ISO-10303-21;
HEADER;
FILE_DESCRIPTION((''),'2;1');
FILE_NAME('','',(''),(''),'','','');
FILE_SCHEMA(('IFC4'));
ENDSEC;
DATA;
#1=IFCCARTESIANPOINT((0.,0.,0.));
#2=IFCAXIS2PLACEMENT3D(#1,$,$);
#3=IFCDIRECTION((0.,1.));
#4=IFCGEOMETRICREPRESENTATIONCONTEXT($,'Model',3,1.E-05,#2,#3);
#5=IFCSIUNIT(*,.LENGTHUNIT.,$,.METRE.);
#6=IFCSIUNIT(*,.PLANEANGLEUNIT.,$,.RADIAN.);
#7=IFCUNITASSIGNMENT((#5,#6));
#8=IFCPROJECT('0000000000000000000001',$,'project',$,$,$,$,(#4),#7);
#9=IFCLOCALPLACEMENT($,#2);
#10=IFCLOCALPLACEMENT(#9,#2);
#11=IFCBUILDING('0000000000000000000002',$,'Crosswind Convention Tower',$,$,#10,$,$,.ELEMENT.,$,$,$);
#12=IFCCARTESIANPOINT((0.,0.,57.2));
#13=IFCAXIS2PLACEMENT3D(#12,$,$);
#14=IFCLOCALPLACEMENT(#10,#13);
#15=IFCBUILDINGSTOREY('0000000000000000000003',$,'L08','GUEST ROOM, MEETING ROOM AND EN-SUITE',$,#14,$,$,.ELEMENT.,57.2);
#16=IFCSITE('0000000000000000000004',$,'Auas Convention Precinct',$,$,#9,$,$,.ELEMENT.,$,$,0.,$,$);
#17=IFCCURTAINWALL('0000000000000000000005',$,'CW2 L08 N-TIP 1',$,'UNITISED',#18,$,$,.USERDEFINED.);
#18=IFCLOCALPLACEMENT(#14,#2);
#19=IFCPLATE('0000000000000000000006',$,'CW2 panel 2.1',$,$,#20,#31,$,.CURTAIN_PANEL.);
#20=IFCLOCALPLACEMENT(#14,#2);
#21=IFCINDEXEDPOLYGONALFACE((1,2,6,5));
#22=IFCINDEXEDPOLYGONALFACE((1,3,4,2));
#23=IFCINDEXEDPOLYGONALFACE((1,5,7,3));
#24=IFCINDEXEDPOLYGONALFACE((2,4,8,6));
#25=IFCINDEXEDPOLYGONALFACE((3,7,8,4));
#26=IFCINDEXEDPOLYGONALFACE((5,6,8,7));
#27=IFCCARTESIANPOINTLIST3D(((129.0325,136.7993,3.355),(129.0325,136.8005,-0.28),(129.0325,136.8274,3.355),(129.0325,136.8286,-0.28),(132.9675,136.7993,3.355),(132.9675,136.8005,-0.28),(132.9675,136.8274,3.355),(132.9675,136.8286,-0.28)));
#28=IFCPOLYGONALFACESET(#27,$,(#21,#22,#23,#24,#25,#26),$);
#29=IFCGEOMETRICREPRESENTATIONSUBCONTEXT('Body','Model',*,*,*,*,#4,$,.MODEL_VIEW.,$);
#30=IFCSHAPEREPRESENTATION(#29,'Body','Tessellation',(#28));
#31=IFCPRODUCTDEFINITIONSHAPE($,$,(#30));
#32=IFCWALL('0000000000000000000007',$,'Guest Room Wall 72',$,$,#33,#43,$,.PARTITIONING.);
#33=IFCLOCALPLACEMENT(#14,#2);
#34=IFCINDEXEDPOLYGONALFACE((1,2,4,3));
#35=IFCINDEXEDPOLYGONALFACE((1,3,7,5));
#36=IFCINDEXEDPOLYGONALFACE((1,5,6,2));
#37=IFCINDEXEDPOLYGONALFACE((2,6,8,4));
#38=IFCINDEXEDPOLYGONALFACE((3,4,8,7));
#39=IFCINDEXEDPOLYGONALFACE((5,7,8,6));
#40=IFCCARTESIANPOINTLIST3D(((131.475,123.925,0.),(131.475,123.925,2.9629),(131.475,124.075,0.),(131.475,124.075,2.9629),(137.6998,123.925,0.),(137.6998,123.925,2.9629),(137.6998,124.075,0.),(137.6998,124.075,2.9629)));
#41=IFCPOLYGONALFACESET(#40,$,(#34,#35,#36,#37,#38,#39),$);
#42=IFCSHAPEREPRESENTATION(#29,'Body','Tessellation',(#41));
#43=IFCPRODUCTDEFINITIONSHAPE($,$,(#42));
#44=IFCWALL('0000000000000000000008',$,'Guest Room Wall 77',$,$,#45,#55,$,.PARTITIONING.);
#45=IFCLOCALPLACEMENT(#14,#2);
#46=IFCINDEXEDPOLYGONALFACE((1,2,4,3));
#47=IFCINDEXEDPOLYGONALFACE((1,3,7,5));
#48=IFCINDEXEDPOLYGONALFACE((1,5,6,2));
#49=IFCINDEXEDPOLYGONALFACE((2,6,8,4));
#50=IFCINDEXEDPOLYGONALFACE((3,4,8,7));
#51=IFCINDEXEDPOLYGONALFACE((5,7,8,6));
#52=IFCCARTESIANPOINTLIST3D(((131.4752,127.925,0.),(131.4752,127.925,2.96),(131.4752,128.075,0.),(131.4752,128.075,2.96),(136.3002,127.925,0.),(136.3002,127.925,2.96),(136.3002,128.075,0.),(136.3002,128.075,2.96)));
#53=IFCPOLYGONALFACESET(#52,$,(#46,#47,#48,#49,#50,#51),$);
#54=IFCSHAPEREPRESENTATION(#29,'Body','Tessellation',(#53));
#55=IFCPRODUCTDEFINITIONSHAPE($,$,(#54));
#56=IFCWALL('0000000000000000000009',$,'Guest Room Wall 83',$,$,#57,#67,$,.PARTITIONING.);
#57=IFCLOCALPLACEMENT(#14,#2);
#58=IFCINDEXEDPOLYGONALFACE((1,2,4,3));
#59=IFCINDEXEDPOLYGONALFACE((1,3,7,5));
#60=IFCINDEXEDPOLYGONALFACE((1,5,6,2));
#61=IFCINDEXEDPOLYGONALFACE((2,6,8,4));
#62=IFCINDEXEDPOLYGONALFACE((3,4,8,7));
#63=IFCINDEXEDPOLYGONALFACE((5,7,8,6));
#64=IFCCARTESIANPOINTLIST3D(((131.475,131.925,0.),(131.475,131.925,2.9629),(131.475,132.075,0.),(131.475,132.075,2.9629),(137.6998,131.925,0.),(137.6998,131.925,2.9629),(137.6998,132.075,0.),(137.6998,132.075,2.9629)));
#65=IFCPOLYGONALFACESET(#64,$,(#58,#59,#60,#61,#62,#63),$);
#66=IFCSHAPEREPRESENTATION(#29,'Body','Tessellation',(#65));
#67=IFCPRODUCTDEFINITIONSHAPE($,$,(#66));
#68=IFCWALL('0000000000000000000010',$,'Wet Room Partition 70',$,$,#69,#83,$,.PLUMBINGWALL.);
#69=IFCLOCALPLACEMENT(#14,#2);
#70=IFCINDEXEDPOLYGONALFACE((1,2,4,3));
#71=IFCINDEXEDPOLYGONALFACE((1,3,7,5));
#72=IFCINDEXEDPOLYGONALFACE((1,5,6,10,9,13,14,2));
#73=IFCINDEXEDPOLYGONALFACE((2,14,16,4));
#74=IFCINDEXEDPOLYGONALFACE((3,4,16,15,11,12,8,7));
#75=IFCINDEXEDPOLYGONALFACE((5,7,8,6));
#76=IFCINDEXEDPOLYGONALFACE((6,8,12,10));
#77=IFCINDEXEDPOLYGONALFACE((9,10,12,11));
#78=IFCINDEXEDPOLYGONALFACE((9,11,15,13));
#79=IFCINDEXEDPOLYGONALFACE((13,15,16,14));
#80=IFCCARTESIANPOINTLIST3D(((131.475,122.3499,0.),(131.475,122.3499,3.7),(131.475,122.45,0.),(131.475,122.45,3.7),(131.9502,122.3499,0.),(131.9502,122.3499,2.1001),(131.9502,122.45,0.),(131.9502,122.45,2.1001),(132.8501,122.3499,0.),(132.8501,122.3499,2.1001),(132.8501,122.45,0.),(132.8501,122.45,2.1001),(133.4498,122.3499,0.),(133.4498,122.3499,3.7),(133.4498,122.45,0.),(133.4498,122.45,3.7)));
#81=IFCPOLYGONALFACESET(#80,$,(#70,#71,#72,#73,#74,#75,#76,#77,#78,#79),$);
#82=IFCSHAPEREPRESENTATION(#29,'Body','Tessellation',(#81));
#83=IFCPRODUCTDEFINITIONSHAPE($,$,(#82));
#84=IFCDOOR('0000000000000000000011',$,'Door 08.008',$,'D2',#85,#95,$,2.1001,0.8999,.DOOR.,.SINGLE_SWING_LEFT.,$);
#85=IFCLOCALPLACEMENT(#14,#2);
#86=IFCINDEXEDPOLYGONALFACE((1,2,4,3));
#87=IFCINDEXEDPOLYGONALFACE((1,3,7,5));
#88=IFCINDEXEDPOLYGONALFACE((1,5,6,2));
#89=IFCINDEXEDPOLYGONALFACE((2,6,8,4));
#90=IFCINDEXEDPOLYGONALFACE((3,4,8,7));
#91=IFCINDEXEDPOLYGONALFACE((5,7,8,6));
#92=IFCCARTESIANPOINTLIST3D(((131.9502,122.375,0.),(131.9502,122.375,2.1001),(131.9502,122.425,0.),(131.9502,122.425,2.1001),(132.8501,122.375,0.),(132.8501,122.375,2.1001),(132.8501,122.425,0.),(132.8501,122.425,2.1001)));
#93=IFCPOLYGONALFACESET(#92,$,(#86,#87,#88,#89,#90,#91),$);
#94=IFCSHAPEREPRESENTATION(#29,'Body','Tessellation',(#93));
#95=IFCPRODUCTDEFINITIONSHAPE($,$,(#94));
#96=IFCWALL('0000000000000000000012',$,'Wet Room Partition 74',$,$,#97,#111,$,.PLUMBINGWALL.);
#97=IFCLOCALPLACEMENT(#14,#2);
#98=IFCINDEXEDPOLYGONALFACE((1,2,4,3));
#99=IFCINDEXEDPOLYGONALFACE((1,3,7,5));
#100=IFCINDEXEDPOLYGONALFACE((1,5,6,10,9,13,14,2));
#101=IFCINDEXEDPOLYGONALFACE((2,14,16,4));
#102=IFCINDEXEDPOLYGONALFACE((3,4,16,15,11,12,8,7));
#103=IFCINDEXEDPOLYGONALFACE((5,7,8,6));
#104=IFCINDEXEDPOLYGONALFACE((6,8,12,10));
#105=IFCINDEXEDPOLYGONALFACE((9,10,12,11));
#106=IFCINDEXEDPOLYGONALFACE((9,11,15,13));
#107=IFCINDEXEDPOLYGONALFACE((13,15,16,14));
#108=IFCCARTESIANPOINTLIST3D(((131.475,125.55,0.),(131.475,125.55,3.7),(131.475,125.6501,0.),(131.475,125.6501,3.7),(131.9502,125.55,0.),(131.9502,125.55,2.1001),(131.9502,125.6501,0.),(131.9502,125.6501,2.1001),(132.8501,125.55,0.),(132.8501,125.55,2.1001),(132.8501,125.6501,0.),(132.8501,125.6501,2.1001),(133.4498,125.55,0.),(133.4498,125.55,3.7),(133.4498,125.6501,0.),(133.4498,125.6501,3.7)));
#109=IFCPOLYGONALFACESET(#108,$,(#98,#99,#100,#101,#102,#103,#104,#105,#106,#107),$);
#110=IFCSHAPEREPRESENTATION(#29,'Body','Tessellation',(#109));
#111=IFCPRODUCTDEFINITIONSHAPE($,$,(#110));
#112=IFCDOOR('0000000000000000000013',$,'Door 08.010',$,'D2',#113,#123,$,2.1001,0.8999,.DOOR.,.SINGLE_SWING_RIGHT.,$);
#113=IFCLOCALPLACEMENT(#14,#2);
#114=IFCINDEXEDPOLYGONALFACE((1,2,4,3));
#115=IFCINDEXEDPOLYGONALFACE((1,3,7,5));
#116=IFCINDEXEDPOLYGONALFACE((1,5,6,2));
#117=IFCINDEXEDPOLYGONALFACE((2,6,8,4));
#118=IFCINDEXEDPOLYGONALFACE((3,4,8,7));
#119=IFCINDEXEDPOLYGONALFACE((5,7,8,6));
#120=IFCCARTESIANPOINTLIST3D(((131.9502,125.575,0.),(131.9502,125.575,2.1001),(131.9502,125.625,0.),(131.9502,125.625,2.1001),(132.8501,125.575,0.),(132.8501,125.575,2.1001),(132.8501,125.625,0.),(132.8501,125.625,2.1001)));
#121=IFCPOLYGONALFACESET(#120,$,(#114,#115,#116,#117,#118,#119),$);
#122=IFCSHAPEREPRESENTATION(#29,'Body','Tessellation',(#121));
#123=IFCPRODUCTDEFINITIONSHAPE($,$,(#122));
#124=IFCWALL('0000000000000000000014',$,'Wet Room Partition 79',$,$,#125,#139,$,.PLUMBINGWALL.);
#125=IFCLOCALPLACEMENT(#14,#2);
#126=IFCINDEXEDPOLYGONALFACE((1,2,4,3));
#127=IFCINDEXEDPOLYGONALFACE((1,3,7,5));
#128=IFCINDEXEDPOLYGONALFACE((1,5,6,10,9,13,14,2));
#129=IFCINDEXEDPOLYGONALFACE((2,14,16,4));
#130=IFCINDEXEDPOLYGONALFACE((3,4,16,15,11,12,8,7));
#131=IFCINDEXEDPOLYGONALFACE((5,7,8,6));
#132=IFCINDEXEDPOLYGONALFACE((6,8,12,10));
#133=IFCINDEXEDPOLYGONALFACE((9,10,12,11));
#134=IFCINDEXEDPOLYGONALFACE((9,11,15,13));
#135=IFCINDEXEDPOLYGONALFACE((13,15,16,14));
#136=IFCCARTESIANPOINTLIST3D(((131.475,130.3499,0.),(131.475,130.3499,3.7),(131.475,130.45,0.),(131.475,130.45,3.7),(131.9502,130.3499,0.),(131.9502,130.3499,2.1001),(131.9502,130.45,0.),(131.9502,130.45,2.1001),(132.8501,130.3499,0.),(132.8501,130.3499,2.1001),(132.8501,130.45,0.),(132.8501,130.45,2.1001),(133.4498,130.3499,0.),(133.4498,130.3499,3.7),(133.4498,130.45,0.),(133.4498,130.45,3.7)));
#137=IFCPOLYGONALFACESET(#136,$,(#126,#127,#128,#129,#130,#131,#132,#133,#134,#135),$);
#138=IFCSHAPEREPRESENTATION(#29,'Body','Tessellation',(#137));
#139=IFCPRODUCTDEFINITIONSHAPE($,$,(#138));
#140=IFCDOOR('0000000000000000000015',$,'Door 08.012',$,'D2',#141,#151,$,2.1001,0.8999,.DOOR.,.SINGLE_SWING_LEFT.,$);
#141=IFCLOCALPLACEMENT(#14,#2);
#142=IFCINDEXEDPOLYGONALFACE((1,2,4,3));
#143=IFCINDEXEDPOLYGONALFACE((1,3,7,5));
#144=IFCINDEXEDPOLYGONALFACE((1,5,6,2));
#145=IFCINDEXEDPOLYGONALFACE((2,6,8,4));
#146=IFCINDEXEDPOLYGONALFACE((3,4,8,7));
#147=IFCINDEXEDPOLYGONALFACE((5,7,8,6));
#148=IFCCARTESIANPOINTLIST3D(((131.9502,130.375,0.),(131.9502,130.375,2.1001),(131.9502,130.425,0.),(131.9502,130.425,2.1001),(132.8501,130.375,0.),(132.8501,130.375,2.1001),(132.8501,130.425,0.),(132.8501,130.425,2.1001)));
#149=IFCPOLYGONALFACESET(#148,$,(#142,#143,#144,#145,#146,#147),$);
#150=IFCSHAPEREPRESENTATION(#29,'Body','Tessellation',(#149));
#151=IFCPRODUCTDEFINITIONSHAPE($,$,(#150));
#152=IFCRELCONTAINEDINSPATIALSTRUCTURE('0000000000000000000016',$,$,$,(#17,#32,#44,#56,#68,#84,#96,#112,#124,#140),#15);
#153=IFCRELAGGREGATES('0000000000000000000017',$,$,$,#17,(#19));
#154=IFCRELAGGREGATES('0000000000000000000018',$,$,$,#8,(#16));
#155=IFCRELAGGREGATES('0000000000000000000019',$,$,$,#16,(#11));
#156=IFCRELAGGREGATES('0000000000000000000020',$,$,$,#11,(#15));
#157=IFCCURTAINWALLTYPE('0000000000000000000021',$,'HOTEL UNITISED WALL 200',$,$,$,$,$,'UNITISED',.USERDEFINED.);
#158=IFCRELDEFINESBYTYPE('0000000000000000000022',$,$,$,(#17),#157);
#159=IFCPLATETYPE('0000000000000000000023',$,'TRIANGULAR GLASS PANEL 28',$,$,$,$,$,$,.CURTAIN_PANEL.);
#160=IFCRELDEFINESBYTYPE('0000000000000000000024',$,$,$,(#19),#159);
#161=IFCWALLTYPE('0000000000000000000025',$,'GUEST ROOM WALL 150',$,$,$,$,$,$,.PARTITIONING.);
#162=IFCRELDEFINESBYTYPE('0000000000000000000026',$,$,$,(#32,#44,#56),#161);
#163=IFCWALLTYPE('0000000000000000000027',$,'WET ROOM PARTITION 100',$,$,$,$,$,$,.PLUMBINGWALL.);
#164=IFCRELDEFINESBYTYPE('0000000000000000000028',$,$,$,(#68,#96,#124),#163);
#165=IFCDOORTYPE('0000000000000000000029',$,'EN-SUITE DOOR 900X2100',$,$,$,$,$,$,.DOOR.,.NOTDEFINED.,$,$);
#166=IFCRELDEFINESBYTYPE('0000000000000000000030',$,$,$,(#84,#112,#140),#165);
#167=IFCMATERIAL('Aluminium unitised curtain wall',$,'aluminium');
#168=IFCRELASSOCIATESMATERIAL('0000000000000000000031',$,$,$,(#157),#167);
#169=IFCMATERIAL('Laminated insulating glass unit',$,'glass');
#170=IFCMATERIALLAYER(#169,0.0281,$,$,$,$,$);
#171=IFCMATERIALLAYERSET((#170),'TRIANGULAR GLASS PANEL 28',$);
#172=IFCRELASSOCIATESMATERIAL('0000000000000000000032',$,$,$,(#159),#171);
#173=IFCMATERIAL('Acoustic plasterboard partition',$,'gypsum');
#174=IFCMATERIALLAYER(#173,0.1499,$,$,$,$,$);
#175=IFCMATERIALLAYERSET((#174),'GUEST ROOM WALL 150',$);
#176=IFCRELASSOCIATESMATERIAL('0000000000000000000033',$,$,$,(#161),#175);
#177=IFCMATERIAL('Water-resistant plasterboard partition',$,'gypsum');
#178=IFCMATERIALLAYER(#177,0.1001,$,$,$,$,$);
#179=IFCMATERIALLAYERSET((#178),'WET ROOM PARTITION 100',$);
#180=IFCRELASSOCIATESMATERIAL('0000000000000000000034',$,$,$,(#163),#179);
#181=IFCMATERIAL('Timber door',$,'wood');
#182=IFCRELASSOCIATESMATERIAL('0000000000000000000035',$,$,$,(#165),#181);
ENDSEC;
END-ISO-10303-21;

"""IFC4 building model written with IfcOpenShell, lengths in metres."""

from ifc_helpers import new_model, si_unit, direction, frame, frame_2d, origin, place, context, subcontext, project, spatial, polyline, rectangle, outline, extrude, material, layer, layer_set, type_object, element, fill, aggregate, save


model = new_model("IFC4")

# Units and contexts
model_context = context("Model", 3, precision=1e-05, world=origin(), true_north=direction((0.0, 1.0)))
body_context = subcontext(model_context, "Body", "Model", "MODEL_VIEW")
ifc_project = project(units=[si_unit("LENGTHUNIT", "METRE"), si_unit("PLANEANGLEUNIT", "RADIAN")], contexts=[model_context])

# Site, building, storey
site_placement = place(None, origin())
site = spatial("IfcSite", under=ifc_project, at=site_placement, Name="Auas Convention Precinct", CompositionType="ELEMENT", RefElevation=0.0)
building_placement = place(site_placement, origin())
building = spatial("IfcBuilding", under=site, at=building_placement, Name="Crosswind Convention Tower", CompositionType="ELEMENT")
storey_placement = place(building_placement, frame((0.0, 0.0, 57.2)))
storey = spatial("IfcBuildingStorey", under=building, at=storey_placement, Name="L08", Description="GUEST ROOM, MEETING ROOM AND EN-SUITE", CompositionType="ELEMENT", Elevation=57.2)

# Curtain wall, plate
ifc_material_1 = material(Name="Aluminium unitised curtain wall", Category="aluminium")
curtain_wall_type = type_object("IfcCurtainWallType", Name="HOTEL UNITISED WALL 200", ElementType="UNITISED", PredefinedType="USERDEFINED", material=ifc_material_1)
curtain_wall_placement = place(storey_placement, origin())
curtain_wall = element("IfcCurtainWall", 1, at=curtain_wall_placement, inside=storey, type_object=curtain_wall_type, Name="CW2 L08 N-TIP 1", ObjectType="UNITISED", PredefinedType="USERDEFINED")
ifc_material_2 = material(Name="Laminated insulating glass unit", Category="glass")
ifc_layer_1 = layer(ifc_material_2, 0.0281)
ifc_layer_set_1 = layer_set([ifc_layer_1], Name="TRIANGULAR GLASS PANEL 28")
plate_type = type_object("IfcPlateType", Name="TRIANGULAR GLASS PANEL 28", PredefinedType="CURTAIN_PANEL", material=ifc_layer_set_1)
plate_1_placement = place(storey_placement, frame((132.9675, 136.8286, -0.28), z_axis=(0.0, 1.0, 0.000336), x_axis=(-1.0, 0.0, 0.0)))
plate_1 = element("IfcPlate", 2, at=plate_1_placement, type_object=plate_type, Name="CW2 panel 2.1", PredefinedType="CURTAIN_PANEL", context=body_context, shape_type="SweptSolid", body=[
    extrude(outline(polyline([(0.0, 0.0), (3.9351, 0.0), (3.9351, 3.635), (0.0, 3.635), (0.0, 0.0)])), origin(), (0.0, 0.0, -1.0), 0.0281),
])
aggregate(curtain_wall, [plate_1])

# Walls
ifc_material_3 = material(Name="Acoustic plasterboard partition", Category="gypsum")
ifc_layer_2 = layer(ifc_material_3, 0.1499)
ifc_layer_set_2 = layer_set([ifc_layer_2], Name="GUEST ROOM WALL 150")
wall_type_1 = type_object("IfcWallType", Name="GUEST ROOM WALL 150", PredefinedType="PARTITIONING", material=ifc_layer_set_2)
wall_1_placement = place(storey_placement, frame((131.4751, 124.0, 0.0), z_axis=(0.0, 0.0, 1.0), x_axis=(1.0, 0.0, 0.0)))
element("IfcWall", 3, at=wall_1_placement, inside=storey, type_object=wall_type_1, Name="Guest Room Wall 72", PredefinedType="PARTITIONING", context=body_context, shape_type="SweptSolid", body=[
    extrude(rectangle(XDim=6.2249, YDim=0.1499, at=frame_2d((3.1123, 0.0))), origin(), (0.0, 0.0, 1.0), 2.9629),
])
wall_2_placement = place(storey_placement, frame((131.4751, 128.0, 0.0), z_axis=(0.0, 0.0, 1.0), x_axis=(1.0, 0.0, 0.0)))
element("IfcWall", 4, at=wall_2_placement, inside=storey, type_object=wall_type_1, Name="Guest Room Wall 77", PredefinedType="PARTITIONING", context=body_context, shape_type="SweptSolid", body=[
    extrude(rectangle(XDim=4.825, YDim=0.1499, at=frame_2d((2.4126, 0.0))), origin(), (0.0, 0.0, 1.0), 2.96),
])
wall_3_placement = place(storey_placement, frame((131.4751, 132.0, 0.0), z_axis=(0.0, 0.0, 1.0), x_axis=(1.0, 0.0, 0.0)))
element("IfcWall", 5, at=wall_3_placement, inside=storey, type_object=wall_type_1, Name="Guest Room Wall 83", PredefinedType="PARTITIONING", context=body_context, shape_type="SweptSolid", body=[
    extrude(rectangle(XDim=6.2249, YDim=0.1499, at=frame_2d((3.1123, 0.0))), origin(), (0.0, 0.0, 1.0), 2.9629),
])

# Walls, openings, doors
ifc_material_4 = material(Name="Water-resistant plasterboard partition", Category="gypsum")
ifc_layer_3 = layer(ifc_material_4, 0.1001)
ifc_layer_set_3 = layer_set([ifc_layer_3], Name="WET ROOM PARTITION 100")
wall_type_2 = type_object("IfcWallType", Name="WET ROOM PARTITION 100", PredefinedType="PLUMBINGWALL", material=ifc_layer_set_3)
wall_4_placement = place(storey_placement, frame((131.4751, 122.3999, 0.0), z_axis=(0.0, 0.0, 1.0), x_axis=(1.0, 0.0, 0.0)))
wall_4 = element("IfcWall", 6, at=wall_4_placement, inside=storey, type_object=wall_type_2, Name="Wet Room Partition 70", PredefinedType="PLUMBINGWALL", context=body_context, shape_type="SweptSolid", body=[
    extrude(rectangle(XDim=1.9749, YDim=0.1001, at=frame_2d((0.9873, 0.0))), origin(), (0.0, 0.0, 1.0), 3.7),
])
opening_1_placement = place(wall_4_placement, frame((0.4751, 0.0, 0.0)))
opening_1 = element("IfcOpeningElement", 7, at=opening_1_placement, cuts=wall_4, PredefinedType="OPENING", context=body_context, shape_type="SweptSolid", body=[
    extrude(rectangle(XDim=0.8999, YDim=2.1001, at=frame_2d((0.45, 1.05))), frame((0.0, 0.0601, 0.0), z_axis=(0.0, -1.0, 0.0), x_axis=(1.0, 0.0, 0.0)), (0.0, 0.0, 1.0), 0.1201),
])
ifc_material_5 = material(Name="Timber door", Category="wood")
door_type = type_object("IfcDoorType", Name="EN-SUITE DOOR 900X2100", OperationType="NOTDEFINED", PredefinedType="DOOR", material=ifc_material_5)
door_1_placement = place(opening_1_placement, frame((0.8999, 0.0, 0.0), z_axis=(0.0, 0.0, 1.0), x_axis=(-1.0, 0.0, 0.0)))
door_1 = element("IfcDoor", 8, at=door_1_placement, inside=storey, type_object=door_type, Name="Door 08.008", ObjectType="D2", OperationType="SINGLE_SWING_LEFT", OverallHeight=2.1001, OverallWidth=0.8999, PredefinedType="DOOR", context=body_context, shape_type="SweptSolid", body=[
    extrude(rectangle(XDim=0.8999, YDim=2.1001, at=frame_2d((0.45, 1.05))), frame((0.0, 0.0249, 0.0), z_axis=(0.0, -1.0, 0.0), x_axis=(1.0, 0.0, 0.0)), (0.0, 0.0, 1.0), 0.05),
])
fill(opening_1, door_1)
wall_5_placement = place(storey_placement, frame((131.4751, 125.6001, 0.0), z_axis=(0.0, 0.0, 1.0), x_axis=(1.0, 0.0, 0.0)))
wall_5 = element("IfcWall", 9, at=wall_5_placement, inside=storey, type_object=wall_type_2, Name="Wet Room Partition 74", PredefinedType="PLUMBINGWALL", context=body_context, shape_type="SweptSolid", body=[
    extrude(rectangle(XDim=1.9749, YDim=0.1001, at=frame_2d((0.9873, 0.0))), origin(), (0.0, 0.0, 1.0), 3.7),
])
opening_2_placement = place(wall_5_placement, frame((0.4751, 0.0, 0.0)))
opening_2 = element("IfcOpeningElement", 10, at=opening_2_placement, cuts=wall_5, PredefinedType="OPENING", context=body_context, shape_type="SweptSolid", body=[
    extrude(rectangle(XDim=0.8999, YDim=2.1001, at=frame_2d((0.45, 1.05))), frame((0.0, 0.0601, 0.0), z_axis=(0.0, -1.0, 0.0), x_axis=(1.0, 0.0, 0.0)), (0.0, 0.0, 1.0), 0.1201),
])
door_2_placement = place(opening_2_placement, origin())
door_2 = element("IfcDoor", 11, at=door_2_placement, inside=storey, type_object=door_type, Name="Door 08.010", ObjectType="D2", OperationType="SINGLE_SWING_RIGHT", OverallHeight=2.1001, OverallWidth=0.8999, PredefinedType="DOOR", context=body_context, shape_type="SweptSolid", body=[
    extrude(rectangle(XDim=0.8999, YDim=2.1001, at=frame_2d((0.45, 1.05))), frame((0.0, 0.0249, 0.0), z_axis=(0.0, -1.0, 0.0), x_axis=(1.0, 0.0, 0.0)), (0.0, 0.0, 1.0), 0.05),
])
fill(opening_2, door_2)
wall_6_placement = place(storey_placement, frame((131.4751, 130.3999, 0.0), z_axis=(0.0, 0.0, 1.0), x_axis=(1.0, 0.0, 0.0)))
wall_6 = element("IfcWall", 12, at=wall_6_placement, inside=storey, type_object=wall_type_2, Name="Wet Room Partition 79", PredefinedType="PLUMBINGWALL", context=body_context, shape_type="SweptSolid", body=[
    extrude(rectangle(XDim=1.9749, YDim=0.1001, at=frame_2d((0.9873, 0.0))), origin(), (0.0, 0.0, 1.0), 3.7),
])
opening_3_placement = place(wall_6_placement, frame((0.4751, 0.0, 0.0)))
opening_3 = element("IfcOpeningElement", 13, at=opening_3_placement, cuts=wall_6, PredefinedType="OPENING", context=body_context, shape_type="SweptSolid", body=[
    extrude(rectangle(XDim=0.8999, YDim=2.1001, at=frame_2d((0.45, 1.05))), frame((0.0, 0.0601, 0.0), z_axis=(0.0, -1.0, 0.0), x_axis=(1.0, 0.0, 0.0)), (0.0, 0.0, 1.0), 0.1201),
])
door_3_placement = place(opening_3_placement, frame((0.8999, 0.0, 0.0), z_axis=(0.0, 0.0, 1.0), x_axis=(-1.0, 0.0, 0.0)))
door_3 = element("IfcDoor", 14, at=door_3_placement, inside=storey, type_object=door_type, Name="Door 08.012", ObjectType="D2", OperationType="SINGLE_SWING_LEFT", OverallHeight=2.1001, OverallWidth=0.8999, PredefinedType="DOOR", context=body_context, shape_type="SweptSolid", body=[
    extrude(rectangle(XDim=0.8999, YDim=2.1001, at=frame_2d((0.45, 1.05))), frame((0.0, 0.0249, 0.0), z_axis=(0.0, -1.0, 0.0), x_axis=(1.0, 0.0, 0.0)), (0.0, 0.0, 1.0), 0.05),
])
fill(opening_3, door_3)

save(model, "model.ifc")
